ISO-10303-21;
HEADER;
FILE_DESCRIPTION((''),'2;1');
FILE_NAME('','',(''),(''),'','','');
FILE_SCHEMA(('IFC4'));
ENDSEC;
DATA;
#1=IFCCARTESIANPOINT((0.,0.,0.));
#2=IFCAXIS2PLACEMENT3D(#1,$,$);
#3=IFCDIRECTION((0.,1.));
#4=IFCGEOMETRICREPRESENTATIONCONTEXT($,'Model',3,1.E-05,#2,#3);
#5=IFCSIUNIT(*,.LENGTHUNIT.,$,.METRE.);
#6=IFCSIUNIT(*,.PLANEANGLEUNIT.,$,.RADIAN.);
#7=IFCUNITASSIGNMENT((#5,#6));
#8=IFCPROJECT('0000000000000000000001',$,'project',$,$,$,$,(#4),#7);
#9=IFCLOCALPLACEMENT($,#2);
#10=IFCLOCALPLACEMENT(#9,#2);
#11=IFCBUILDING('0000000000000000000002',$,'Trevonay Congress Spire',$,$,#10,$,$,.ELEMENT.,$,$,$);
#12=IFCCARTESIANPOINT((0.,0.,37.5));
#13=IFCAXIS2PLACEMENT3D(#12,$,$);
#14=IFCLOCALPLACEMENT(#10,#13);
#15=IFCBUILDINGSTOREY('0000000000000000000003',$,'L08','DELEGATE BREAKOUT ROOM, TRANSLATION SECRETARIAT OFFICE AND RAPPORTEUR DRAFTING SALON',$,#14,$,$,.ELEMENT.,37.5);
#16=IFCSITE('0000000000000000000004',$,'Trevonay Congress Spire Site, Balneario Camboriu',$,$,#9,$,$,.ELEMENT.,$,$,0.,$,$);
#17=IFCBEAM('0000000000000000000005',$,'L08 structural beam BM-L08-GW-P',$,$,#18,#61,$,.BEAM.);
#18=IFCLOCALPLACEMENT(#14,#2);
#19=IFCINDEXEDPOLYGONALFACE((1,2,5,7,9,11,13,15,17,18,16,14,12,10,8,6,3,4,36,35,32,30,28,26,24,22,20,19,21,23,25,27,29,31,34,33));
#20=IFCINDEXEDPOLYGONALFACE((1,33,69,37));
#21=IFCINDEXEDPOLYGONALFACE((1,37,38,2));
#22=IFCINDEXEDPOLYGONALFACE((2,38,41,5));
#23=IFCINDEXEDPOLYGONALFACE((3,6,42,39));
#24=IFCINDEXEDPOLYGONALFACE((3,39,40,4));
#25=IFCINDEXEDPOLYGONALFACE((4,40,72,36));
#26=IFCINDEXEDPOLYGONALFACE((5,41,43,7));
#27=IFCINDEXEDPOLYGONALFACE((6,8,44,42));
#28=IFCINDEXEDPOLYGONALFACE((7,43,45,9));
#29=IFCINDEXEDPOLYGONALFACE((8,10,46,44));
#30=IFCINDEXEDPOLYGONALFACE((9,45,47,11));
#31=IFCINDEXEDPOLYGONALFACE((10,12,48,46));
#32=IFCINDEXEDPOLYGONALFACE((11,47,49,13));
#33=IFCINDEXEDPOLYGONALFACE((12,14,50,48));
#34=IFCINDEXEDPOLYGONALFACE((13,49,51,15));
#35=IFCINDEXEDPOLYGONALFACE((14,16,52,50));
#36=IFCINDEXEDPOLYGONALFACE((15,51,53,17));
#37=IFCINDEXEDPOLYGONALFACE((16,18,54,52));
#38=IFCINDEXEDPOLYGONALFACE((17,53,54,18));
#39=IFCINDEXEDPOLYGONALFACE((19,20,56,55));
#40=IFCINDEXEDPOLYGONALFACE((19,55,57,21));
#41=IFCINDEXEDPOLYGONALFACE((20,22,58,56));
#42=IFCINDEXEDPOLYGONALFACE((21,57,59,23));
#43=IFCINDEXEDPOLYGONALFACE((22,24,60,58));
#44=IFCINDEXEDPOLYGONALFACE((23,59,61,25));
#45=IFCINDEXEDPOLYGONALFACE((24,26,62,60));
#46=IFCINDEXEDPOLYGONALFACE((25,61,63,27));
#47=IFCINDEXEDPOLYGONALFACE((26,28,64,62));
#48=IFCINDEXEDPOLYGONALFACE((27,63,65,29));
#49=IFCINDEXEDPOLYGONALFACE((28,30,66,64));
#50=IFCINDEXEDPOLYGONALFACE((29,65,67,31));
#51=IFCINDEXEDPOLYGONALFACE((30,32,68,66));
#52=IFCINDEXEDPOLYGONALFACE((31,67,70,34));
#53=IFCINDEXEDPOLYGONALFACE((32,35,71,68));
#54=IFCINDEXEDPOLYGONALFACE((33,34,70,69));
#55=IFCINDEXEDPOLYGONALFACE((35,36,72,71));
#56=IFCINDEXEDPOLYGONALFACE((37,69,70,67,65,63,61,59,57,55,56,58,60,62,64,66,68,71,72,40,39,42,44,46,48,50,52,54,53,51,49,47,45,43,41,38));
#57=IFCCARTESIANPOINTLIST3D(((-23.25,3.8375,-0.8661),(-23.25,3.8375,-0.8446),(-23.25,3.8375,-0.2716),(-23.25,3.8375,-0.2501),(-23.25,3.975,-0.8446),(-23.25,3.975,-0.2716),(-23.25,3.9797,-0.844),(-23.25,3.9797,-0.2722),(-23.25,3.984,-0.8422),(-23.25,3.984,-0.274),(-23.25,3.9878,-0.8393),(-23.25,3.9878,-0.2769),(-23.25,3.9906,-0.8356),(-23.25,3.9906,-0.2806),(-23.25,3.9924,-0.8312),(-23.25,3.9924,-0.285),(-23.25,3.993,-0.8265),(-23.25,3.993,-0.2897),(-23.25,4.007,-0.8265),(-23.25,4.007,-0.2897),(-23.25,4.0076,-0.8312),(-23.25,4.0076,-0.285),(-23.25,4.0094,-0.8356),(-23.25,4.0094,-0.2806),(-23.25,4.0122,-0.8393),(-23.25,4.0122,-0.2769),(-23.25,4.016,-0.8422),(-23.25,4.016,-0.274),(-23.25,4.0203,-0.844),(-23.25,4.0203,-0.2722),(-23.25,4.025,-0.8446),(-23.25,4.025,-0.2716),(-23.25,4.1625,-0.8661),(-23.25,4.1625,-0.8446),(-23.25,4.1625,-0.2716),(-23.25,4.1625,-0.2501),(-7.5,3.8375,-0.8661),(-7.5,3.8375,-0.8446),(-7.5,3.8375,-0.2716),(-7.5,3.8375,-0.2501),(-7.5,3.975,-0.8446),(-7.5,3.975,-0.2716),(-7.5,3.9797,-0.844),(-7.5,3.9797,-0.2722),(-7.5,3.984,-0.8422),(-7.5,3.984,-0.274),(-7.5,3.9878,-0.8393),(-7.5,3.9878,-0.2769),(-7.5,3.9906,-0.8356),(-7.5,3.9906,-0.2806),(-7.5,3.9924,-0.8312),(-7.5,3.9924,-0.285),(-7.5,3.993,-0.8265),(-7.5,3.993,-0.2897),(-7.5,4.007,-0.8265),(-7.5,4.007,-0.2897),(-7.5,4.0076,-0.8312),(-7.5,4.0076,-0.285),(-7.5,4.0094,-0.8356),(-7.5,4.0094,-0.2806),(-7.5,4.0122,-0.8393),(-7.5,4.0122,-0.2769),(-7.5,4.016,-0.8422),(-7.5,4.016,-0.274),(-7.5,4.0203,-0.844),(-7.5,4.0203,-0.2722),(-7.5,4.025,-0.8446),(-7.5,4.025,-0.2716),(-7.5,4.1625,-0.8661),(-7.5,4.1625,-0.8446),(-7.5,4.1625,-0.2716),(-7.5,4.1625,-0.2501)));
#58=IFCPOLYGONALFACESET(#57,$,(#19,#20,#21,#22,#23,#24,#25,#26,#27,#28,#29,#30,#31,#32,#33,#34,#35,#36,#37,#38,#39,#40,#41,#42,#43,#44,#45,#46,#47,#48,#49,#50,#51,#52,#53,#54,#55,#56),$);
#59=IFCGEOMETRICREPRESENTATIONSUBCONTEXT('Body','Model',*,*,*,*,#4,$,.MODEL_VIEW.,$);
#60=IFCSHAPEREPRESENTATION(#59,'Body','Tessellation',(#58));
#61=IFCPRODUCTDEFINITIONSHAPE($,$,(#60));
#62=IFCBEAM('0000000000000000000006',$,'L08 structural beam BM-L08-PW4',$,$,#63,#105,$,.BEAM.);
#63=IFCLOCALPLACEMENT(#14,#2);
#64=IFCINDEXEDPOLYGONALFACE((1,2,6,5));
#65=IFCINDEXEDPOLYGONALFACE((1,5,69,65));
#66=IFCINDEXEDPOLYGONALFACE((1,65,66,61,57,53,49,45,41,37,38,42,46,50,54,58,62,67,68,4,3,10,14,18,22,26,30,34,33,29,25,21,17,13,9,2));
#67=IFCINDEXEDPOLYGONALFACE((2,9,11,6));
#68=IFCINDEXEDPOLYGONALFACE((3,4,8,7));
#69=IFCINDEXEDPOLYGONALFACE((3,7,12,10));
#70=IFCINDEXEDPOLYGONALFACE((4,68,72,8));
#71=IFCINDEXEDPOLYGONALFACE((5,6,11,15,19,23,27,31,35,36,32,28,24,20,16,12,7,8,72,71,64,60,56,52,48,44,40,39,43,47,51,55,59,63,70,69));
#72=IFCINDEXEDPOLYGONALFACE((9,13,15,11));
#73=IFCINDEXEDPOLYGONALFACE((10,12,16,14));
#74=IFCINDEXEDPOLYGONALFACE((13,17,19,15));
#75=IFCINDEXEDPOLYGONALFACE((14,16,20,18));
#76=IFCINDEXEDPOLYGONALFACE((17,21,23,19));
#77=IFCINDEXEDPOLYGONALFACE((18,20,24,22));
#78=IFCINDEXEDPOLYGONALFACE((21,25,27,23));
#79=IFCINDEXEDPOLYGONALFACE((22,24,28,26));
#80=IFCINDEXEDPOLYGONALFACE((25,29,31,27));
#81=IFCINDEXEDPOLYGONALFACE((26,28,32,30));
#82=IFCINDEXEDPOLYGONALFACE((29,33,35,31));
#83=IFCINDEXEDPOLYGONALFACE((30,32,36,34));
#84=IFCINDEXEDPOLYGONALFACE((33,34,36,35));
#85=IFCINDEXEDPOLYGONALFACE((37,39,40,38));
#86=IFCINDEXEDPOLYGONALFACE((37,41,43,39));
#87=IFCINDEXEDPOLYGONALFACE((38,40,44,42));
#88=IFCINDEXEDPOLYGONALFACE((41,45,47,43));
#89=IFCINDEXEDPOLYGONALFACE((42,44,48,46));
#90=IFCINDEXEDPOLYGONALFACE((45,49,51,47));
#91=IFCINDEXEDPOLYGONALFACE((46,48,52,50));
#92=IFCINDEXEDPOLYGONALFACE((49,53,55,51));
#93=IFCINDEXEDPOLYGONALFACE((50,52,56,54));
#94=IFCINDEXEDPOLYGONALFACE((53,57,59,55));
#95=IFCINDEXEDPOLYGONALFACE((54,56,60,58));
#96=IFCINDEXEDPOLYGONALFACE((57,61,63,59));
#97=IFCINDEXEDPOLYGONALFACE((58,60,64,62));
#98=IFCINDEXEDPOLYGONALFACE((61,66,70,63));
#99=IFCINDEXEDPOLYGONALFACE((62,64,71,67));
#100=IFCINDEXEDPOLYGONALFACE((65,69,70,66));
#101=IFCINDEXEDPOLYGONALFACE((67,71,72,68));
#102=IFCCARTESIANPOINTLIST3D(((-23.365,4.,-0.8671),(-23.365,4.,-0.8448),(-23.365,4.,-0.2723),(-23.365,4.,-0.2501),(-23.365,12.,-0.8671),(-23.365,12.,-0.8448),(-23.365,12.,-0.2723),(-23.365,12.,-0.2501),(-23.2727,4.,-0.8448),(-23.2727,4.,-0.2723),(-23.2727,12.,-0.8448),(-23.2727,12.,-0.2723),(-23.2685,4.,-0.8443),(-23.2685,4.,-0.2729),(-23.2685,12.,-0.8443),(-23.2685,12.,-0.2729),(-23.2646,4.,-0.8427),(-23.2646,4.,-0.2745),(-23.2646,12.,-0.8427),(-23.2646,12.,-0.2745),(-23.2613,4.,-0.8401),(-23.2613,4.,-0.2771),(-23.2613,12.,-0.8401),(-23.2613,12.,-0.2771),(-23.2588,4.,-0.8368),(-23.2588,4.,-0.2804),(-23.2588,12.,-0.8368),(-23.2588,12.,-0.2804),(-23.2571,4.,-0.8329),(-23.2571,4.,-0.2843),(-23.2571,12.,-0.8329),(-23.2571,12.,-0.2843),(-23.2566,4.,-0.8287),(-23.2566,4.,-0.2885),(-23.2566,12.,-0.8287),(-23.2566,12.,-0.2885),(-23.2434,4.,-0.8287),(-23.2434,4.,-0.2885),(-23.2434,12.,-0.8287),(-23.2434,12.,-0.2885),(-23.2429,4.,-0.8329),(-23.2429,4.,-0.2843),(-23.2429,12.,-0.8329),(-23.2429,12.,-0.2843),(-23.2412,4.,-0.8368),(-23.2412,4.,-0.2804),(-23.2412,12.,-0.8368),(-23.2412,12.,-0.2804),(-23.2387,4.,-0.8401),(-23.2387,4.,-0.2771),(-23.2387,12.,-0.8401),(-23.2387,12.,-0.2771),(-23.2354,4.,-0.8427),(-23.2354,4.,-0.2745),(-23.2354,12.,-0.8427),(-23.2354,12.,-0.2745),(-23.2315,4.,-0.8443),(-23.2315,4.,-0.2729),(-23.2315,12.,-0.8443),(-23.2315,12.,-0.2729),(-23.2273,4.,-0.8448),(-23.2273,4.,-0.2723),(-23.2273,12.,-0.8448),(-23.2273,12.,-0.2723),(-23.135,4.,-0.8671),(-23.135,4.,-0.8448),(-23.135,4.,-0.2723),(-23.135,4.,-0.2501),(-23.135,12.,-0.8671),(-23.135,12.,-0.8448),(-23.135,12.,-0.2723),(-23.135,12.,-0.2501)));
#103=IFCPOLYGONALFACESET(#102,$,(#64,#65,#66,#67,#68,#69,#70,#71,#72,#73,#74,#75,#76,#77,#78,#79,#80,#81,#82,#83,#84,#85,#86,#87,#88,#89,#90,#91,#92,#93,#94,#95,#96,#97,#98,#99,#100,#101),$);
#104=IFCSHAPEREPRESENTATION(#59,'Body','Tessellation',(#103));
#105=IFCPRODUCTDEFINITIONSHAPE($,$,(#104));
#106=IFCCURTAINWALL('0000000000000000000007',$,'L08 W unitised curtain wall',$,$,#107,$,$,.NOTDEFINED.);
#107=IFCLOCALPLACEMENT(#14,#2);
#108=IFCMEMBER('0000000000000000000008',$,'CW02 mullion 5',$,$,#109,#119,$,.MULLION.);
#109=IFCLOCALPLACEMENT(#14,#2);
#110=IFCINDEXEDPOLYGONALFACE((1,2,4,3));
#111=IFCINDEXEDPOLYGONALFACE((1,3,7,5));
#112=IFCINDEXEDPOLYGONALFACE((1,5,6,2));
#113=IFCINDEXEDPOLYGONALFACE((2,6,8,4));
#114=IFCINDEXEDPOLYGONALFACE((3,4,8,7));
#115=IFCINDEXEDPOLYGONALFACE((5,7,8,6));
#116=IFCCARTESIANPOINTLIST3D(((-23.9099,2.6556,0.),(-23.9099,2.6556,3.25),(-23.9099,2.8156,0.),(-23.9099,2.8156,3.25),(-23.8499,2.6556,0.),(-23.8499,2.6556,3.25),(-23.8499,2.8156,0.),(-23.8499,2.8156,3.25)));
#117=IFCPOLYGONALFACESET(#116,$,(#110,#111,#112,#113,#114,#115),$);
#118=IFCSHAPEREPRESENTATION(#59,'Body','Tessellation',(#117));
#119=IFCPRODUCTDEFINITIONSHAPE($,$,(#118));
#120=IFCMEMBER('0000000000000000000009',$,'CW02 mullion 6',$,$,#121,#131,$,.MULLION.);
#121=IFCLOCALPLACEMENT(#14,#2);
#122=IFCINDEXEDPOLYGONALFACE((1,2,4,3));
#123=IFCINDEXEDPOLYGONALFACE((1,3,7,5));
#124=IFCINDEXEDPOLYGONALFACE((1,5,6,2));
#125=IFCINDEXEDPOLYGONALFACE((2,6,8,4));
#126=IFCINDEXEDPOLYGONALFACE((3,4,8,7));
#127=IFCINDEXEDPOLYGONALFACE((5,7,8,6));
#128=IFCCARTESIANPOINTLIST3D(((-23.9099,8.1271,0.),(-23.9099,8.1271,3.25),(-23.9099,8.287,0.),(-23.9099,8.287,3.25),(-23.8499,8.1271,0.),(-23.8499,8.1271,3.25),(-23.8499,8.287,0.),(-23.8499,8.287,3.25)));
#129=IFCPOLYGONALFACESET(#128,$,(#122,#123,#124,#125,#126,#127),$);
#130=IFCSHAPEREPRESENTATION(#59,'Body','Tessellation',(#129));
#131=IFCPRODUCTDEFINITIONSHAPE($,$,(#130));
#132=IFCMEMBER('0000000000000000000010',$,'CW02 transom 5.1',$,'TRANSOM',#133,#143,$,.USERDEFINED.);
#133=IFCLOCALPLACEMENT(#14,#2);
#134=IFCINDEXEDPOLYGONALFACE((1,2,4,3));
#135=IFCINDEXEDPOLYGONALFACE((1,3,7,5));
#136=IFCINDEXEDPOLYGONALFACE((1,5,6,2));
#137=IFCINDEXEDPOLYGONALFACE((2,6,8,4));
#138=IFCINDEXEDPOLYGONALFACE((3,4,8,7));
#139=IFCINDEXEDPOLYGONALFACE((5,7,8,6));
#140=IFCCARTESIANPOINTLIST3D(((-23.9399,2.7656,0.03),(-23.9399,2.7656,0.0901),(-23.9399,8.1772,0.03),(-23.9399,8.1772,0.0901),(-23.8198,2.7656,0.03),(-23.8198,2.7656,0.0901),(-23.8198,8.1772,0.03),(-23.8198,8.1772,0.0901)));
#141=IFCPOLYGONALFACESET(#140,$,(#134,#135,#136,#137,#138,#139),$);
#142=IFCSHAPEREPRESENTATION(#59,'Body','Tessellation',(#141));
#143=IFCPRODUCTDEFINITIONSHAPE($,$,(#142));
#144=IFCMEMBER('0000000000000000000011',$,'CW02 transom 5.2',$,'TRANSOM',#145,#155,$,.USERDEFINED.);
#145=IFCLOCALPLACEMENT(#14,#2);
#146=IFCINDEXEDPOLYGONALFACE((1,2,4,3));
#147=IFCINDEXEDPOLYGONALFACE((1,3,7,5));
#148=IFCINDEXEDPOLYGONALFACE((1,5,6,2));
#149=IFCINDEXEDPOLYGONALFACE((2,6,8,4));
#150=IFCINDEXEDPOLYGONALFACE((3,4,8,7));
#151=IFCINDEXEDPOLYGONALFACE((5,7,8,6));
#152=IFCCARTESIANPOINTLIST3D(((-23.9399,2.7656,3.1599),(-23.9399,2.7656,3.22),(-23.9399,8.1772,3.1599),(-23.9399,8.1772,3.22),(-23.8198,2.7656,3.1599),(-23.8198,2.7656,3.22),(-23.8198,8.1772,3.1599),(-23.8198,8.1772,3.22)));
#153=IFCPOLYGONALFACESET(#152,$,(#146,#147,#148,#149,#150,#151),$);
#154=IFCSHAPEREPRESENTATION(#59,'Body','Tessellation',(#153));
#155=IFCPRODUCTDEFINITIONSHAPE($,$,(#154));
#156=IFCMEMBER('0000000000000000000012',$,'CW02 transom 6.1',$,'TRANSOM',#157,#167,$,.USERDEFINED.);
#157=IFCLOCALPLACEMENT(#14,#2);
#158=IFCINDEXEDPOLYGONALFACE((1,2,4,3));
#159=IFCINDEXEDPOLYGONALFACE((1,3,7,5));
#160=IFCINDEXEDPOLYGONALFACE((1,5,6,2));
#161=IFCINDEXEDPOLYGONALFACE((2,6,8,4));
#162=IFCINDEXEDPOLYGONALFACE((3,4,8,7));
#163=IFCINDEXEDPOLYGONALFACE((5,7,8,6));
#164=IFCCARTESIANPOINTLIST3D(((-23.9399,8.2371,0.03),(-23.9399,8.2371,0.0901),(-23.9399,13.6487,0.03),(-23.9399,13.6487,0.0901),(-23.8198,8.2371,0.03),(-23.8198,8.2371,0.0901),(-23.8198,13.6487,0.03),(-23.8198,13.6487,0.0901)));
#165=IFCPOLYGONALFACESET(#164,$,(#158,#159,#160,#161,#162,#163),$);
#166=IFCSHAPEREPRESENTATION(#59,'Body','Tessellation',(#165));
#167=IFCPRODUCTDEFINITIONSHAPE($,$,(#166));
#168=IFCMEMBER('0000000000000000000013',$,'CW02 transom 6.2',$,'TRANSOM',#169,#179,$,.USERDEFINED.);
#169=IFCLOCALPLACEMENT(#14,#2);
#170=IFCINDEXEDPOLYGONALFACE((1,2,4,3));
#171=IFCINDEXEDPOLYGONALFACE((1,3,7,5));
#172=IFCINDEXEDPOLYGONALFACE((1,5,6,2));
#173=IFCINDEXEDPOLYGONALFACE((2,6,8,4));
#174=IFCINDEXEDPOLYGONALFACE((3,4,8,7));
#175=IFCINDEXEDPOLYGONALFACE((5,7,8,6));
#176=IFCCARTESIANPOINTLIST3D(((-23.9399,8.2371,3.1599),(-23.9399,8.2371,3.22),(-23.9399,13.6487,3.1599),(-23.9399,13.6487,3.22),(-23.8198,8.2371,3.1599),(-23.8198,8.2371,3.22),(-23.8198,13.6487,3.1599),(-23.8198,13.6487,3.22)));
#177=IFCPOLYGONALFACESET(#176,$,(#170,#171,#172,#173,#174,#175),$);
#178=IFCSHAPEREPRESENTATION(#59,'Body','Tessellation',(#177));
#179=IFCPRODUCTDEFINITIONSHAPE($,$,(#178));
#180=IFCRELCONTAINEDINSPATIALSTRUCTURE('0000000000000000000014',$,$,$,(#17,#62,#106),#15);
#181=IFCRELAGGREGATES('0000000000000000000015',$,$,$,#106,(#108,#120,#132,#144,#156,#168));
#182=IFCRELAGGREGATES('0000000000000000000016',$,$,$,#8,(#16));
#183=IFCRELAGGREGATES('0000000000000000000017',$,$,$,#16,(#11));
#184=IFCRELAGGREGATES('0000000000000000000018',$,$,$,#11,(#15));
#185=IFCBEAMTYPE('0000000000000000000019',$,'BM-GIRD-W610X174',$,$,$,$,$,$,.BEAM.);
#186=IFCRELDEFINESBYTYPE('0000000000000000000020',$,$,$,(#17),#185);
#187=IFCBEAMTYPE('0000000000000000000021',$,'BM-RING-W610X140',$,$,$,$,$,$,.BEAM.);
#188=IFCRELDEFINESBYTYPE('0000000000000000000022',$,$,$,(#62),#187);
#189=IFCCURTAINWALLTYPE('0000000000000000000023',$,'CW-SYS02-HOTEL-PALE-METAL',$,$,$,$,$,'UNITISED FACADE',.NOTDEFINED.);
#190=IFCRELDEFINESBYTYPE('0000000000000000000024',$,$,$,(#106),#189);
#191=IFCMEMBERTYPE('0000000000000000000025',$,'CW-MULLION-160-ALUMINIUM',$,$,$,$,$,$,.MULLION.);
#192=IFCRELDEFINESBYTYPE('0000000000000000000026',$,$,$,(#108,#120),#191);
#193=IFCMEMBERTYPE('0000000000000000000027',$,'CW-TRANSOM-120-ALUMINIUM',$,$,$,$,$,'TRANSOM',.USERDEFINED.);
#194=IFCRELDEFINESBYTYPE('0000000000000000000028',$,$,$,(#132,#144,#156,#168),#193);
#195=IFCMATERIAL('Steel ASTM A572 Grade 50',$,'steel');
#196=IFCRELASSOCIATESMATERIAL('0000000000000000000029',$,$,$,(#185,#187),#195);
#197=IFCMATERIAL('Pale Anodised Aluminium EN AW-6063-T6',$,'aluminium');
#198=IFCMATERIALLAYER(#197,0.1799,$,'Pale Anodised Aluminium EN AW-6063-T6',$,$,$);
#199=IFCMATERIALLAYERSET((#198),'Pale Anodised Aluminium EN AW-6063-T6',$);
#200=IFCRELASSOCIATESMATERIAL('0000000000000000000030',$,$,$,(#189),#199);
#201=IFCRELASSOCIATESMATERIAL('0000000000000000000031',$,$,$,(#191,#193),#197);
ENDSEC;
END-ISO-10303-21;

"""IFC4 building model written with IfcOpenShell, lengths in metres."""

from ifc_helpers import new_model, si_unit, direction, frame, origin, origin_2d, place, context, subcontext, project, spatial, rectangle, i_section, extrude, material, layer, layer_set, material_profile, profile_set, type_object, element, aggregate, save


model = new_model("IFC4")

# Units and contexts
model_context = context("Model", 3, precision=1e-05, world=origin(), true_north=direction((0.0, 1.0)))
body_context = subcontext(model_context, "Body", "Model", "MODEL_VIEW")
ifc_project = project(units=[si_unit("LENGTHUNIT", "METRE"), si_unit("PLANEANGLEUNIT", "RADIAN")], contexts=[model_context])

# Site, building, storey
site_placement = place(None, origin())
site = spatial("IfcSite", under=ifc_project, at=site_placement, Name="Trevonay Congress Spire Site, Balneario Camboriu", CompositionType="ELEMENT", RefElevation=0.0)
building_placement = place(site_placement, origin())
building = spatial("IfcBuilding", under=site, at=building_placement, Name="Trevonay Congress Spire", CompositionType="ELEMENT")
storey_placement = place(building_placement, frame((0.0, 0.0, 37.5)))
storey = spatial("IfcBuildingStorey", under=building, at=storey_placement, Name="L08", Description="DELEGATE BREAKOUT ROOM, TRANSLATION SECRETARIAT OFFICE AND RAPPORTEUR DRAFTING SALON", CompositionType="ELEMENT", Elevation=37.5)

# Shared definitions
ifc_material_1 = material(Name="Steel ASTM A572 Grade 50", Category="steel")

# Beams
ifc_material_profile_1 = material_profile(ifc_material_1, i_section(OverallWidth=0.325, OverallDepth=0.616, WebThickness=0.0139, FlangeThickness=0.0215, FilletRadius=0.0181, at=origin_2d()), Name="W610x174")
ifc_profile_set_1 = profile_set([ifc_material_profile_1], Name="Steel ASTM A572 Grade 50")
beam_type_1 = type_object("IfcBeamType", Name="BM-GIRD-W610X174", PredefinedType="BEAM", material=ifc_profile_set_1)
for number, where, z_axis, x_axis, name in (
    (1, (-7.5, 4.0, -0.5581), (-1.0, 0.0, 0.0), (0.0, -1.0, 0.0), "L08 structural beam BM-L08-GW-P"),
):
    element("IfcBeam", number, at=place(storey_placement, frame(where, z_axis=z_axis, x_axis=x_axis)), inside=storey, type_object=beam_type_1, Name=name, PredefinedType="BEAM", context=body_context, shape_type="SweptSolid", body=[
        extrude(i_section(OverallWidth=0.325, OverallDepth=0.616, WebThickness=0.0139, FlangeThickness=0.0215, FilletRadius=0.0181, at=origin_2d()), origin(), (0.0, 0.0, 1.0), 15.75),
    ])
ifc_material_profile_2 = material_profile(ifc_material_1, i_section(OverallWidth=0.23, OverallDepth=0.6169, WebThickness=0.0132, FlangeThickness=0.0222, FilletRadius=0.0161, at=origin_2d()), Name="W610x140")
ifc_profile_set_2 = profile_set([ifc_material_profile_2], Name="Steel ASTM A572 Grade 50")
beam_type_2 = type_object("IfcBeamType", Name="BM-RING-W610X140", PredefinedType="BEAM", material=ifc_profile_set_2)
beam_1_placement = place(storey_placement, frame((-23.25, 4.0, -0.5586), z_axis=(0.0, 1.0, 0.0), x_axis=(-1.0, 0.0, 0.0)))
element("IfcBeam", 2, at=beam_1_placement, inside=storey, type_object=beam_type_2, Name="L08 structural beam BM-L08-PW4", PredefinedType="BEAM", context=body_context, shape_type="SweptSolid", body=[
    extrude(i_section(OverallWidth=0.23, OverallDepth=0.6169, WebThickness=0.0132, FlangeThickness=0.0222, FilletRadius=0.0161, at=origin_2d()), origin(), (0.0, 0.0, 1.0), 8.0),
])

# Curtain wall, members
ifc_material_2 = material(Name="Pale Anodised Aluminium EN AW-6063-T6", Category="aluminium")
ifc_layer_1 = layer(ifc_material_2, 0.1799, Name="Pale Anodised Aluminium EN AW-6063-T6")
ifc_layer_set_1 = layer_set([ifc_layer_1], Name="Pale Anodised Aluminium EN AW-6063-T6")
curtain_wall_type = type_object("IfcCurtainWallType", Name="CW-SYS02-HOTEL-PALE-METAL", ElementType="UNITISED FACADE", PredefinedType="NOTDEFINED", material=ifc_layer_set_1)
curtain_wall_placement = place(storey_placement, origin())
curtain_wall = element("IfcCurtainWall", 3, at=curtain_wall_placement, inside=storey, type_object=curtain_wall_type, Name="L08 W unitised curtain wall", PredefinedType="NOTDEFINED")
ifc_material_profile_3 = material_profile(ifc_material_2, rectangle(XDim=0.0601, YDim=0.1599, at=origin_2d()), Name="CW-MULLION-160-ALUMINIUM")
ifc_profile_set_3 = profile_set([ifc_material_profile_3], Name="Pale Anodised Aluminium EN AW-6063-T6")
member_type_1 = type_object("IfcMemberType", Name="CW-MULLION-160-ALUMINIUM", PredefinedType="MULLION", material=ifc_profile_set_3)
member_1_placement = place(storey_placement, frame((-23.8799, 2.7356, 0.0), z_axis=(0.0, 0.0, 1.0), x_axis=(-1.0, 0.0, 0.0)))
member_1 = element("IfcMember", 4, at=member_1_placement, type_object=member_type_1, Name="CW02 mullion 5", PredefinedType="MULLION", context=body_context, shape_type="SweptSolid", body=[
    extrude(rectangle(XDim=0.0601, YDim=0.1599, at=origin_2d()), origin(), (0.0, 0.0, 1.0), 3.25),
])
member_2_placement = place(storey_placement, frame((-23.8799, 8.207, 0.0), z_axis=(0.0, 0.0, 1.0), x_axis=(-1.0, 0.0, 0.0)))
member_2 = element("IfcMember", 5, at=member_2_placement, type_object=member_type_1, Name="CW02 mullion 6", PredefinedType="MULLION", context=body_context, shape_type="SweptSolid", body=[
    extrude(rectangle(XDim=0.0601, YDim=0.1599, at=origin_2d()), origin(), (0.0, 0.0, 1.0), 3.25),
])
ifc_material_profile_4 = material_profile(ifc_material_2, rectangle(XDim=0.1201, YDim=0.0601, at=origin_2d()), Name="CW-TRANSOM-120-ALUMINIUM")
ifc_profile_set_4 = profile_set([ifc_material_profile_4], Name="Pale Anodised Aluminium EN AW-6063-T6")
member_type_2 = type_object("IfcMemberType", Name="CW-TRANSOM-120-ALUMINIUM", ElementType="TRANSOM", PredefinedType="USERDEFINED", material=ifc_profile_set_4)
member_3_placement = place(storey_placement, frame((-23.8799, 2.7656, 0.0601), z_axis=(0.0, 1.0, 0.0), x_axis=(-1.0, 0.0, 0.0)))
member_3 = element("IfcMember", 6, at=member_3_placement, type_object=member_type_2, Name="CW02 transom 5.1", ObjectType="TRANSOM", PredefinedType="USERDEFINED", context=body_context, shape_type="SweptSolid", body=[
    extrude(rectangle(XDim=0.1201, YDim=0.0601, at=origin_2d()), origin(), (0.0, 0.0, 1.0), 5.4116),
])
member_4_placement = place(storey_placement, frame((-23.8799, 2.7656, 3.1899), z_axis=(0.0, 1.0, 0.0), x_axis=(-1.0, 0.0, 0.0)))
member_4 = element("IfcMember", 7, at=member_4_placement, type_object=member_type_2, Name="CW02 transom 5.2", ObjectType="TRANSOM", PredefinedType="USERDEFINED", context=body_context, shape_type="SweptSolid", body=[
    extrude(rectangle(XDim=0.1201, YDim=0.0601, at=origin_2d()), origin(), (0.0, 0.0, 1.0), 5.4116),
])
member_5_placement = place(storey_placement, frame((-23.8799, 8.2371, 0.0601), z_axis=(0.0, 1.0, 0.0), x_axis=(-1.0, 0.0, 0.0)))
member_5 = element("IfcMember", 8, at=member_5_placement, type_object=member_type_2, Name="CW02 transom 6.1", ObjectType="TRANSOM", PredefinedType="USERDEFINED", context=body_context, shape_type="SweptSolid", body=[
    extrude(rectangle(XDim=0.1201, YDim=0.0601, at=origin_2d()), origin(), (0.0, 0.0, 1.0), 5.4116),
])
member_6_placement = place(storey_placement, frame((-23.8799, 8.2371, 3.1899), z_axis=(0.0, 1.0, 0.0), x_axis=(-1.0, 0.0, 0.0)))
member_6 = element("IfcMember", 9, at=member_6_placement, type_object=member_type_2, Name="CW02 transom 6.2", ObjectType="TRANSOM", PredefinedType="USERDEFINED", context=body_context, shape_type="SweptSolid", body=[
    extrude(rectangle(XDim=0.1201, YDim=0.0601, at=origin_2d()), origin(), (0.0, 0.0, 1.0), 5.4116),
])
aggregate(curtain_wall, [member_1, member_2, member_3, member_4, member_5, member_6])

save(model, "model.ifc")
